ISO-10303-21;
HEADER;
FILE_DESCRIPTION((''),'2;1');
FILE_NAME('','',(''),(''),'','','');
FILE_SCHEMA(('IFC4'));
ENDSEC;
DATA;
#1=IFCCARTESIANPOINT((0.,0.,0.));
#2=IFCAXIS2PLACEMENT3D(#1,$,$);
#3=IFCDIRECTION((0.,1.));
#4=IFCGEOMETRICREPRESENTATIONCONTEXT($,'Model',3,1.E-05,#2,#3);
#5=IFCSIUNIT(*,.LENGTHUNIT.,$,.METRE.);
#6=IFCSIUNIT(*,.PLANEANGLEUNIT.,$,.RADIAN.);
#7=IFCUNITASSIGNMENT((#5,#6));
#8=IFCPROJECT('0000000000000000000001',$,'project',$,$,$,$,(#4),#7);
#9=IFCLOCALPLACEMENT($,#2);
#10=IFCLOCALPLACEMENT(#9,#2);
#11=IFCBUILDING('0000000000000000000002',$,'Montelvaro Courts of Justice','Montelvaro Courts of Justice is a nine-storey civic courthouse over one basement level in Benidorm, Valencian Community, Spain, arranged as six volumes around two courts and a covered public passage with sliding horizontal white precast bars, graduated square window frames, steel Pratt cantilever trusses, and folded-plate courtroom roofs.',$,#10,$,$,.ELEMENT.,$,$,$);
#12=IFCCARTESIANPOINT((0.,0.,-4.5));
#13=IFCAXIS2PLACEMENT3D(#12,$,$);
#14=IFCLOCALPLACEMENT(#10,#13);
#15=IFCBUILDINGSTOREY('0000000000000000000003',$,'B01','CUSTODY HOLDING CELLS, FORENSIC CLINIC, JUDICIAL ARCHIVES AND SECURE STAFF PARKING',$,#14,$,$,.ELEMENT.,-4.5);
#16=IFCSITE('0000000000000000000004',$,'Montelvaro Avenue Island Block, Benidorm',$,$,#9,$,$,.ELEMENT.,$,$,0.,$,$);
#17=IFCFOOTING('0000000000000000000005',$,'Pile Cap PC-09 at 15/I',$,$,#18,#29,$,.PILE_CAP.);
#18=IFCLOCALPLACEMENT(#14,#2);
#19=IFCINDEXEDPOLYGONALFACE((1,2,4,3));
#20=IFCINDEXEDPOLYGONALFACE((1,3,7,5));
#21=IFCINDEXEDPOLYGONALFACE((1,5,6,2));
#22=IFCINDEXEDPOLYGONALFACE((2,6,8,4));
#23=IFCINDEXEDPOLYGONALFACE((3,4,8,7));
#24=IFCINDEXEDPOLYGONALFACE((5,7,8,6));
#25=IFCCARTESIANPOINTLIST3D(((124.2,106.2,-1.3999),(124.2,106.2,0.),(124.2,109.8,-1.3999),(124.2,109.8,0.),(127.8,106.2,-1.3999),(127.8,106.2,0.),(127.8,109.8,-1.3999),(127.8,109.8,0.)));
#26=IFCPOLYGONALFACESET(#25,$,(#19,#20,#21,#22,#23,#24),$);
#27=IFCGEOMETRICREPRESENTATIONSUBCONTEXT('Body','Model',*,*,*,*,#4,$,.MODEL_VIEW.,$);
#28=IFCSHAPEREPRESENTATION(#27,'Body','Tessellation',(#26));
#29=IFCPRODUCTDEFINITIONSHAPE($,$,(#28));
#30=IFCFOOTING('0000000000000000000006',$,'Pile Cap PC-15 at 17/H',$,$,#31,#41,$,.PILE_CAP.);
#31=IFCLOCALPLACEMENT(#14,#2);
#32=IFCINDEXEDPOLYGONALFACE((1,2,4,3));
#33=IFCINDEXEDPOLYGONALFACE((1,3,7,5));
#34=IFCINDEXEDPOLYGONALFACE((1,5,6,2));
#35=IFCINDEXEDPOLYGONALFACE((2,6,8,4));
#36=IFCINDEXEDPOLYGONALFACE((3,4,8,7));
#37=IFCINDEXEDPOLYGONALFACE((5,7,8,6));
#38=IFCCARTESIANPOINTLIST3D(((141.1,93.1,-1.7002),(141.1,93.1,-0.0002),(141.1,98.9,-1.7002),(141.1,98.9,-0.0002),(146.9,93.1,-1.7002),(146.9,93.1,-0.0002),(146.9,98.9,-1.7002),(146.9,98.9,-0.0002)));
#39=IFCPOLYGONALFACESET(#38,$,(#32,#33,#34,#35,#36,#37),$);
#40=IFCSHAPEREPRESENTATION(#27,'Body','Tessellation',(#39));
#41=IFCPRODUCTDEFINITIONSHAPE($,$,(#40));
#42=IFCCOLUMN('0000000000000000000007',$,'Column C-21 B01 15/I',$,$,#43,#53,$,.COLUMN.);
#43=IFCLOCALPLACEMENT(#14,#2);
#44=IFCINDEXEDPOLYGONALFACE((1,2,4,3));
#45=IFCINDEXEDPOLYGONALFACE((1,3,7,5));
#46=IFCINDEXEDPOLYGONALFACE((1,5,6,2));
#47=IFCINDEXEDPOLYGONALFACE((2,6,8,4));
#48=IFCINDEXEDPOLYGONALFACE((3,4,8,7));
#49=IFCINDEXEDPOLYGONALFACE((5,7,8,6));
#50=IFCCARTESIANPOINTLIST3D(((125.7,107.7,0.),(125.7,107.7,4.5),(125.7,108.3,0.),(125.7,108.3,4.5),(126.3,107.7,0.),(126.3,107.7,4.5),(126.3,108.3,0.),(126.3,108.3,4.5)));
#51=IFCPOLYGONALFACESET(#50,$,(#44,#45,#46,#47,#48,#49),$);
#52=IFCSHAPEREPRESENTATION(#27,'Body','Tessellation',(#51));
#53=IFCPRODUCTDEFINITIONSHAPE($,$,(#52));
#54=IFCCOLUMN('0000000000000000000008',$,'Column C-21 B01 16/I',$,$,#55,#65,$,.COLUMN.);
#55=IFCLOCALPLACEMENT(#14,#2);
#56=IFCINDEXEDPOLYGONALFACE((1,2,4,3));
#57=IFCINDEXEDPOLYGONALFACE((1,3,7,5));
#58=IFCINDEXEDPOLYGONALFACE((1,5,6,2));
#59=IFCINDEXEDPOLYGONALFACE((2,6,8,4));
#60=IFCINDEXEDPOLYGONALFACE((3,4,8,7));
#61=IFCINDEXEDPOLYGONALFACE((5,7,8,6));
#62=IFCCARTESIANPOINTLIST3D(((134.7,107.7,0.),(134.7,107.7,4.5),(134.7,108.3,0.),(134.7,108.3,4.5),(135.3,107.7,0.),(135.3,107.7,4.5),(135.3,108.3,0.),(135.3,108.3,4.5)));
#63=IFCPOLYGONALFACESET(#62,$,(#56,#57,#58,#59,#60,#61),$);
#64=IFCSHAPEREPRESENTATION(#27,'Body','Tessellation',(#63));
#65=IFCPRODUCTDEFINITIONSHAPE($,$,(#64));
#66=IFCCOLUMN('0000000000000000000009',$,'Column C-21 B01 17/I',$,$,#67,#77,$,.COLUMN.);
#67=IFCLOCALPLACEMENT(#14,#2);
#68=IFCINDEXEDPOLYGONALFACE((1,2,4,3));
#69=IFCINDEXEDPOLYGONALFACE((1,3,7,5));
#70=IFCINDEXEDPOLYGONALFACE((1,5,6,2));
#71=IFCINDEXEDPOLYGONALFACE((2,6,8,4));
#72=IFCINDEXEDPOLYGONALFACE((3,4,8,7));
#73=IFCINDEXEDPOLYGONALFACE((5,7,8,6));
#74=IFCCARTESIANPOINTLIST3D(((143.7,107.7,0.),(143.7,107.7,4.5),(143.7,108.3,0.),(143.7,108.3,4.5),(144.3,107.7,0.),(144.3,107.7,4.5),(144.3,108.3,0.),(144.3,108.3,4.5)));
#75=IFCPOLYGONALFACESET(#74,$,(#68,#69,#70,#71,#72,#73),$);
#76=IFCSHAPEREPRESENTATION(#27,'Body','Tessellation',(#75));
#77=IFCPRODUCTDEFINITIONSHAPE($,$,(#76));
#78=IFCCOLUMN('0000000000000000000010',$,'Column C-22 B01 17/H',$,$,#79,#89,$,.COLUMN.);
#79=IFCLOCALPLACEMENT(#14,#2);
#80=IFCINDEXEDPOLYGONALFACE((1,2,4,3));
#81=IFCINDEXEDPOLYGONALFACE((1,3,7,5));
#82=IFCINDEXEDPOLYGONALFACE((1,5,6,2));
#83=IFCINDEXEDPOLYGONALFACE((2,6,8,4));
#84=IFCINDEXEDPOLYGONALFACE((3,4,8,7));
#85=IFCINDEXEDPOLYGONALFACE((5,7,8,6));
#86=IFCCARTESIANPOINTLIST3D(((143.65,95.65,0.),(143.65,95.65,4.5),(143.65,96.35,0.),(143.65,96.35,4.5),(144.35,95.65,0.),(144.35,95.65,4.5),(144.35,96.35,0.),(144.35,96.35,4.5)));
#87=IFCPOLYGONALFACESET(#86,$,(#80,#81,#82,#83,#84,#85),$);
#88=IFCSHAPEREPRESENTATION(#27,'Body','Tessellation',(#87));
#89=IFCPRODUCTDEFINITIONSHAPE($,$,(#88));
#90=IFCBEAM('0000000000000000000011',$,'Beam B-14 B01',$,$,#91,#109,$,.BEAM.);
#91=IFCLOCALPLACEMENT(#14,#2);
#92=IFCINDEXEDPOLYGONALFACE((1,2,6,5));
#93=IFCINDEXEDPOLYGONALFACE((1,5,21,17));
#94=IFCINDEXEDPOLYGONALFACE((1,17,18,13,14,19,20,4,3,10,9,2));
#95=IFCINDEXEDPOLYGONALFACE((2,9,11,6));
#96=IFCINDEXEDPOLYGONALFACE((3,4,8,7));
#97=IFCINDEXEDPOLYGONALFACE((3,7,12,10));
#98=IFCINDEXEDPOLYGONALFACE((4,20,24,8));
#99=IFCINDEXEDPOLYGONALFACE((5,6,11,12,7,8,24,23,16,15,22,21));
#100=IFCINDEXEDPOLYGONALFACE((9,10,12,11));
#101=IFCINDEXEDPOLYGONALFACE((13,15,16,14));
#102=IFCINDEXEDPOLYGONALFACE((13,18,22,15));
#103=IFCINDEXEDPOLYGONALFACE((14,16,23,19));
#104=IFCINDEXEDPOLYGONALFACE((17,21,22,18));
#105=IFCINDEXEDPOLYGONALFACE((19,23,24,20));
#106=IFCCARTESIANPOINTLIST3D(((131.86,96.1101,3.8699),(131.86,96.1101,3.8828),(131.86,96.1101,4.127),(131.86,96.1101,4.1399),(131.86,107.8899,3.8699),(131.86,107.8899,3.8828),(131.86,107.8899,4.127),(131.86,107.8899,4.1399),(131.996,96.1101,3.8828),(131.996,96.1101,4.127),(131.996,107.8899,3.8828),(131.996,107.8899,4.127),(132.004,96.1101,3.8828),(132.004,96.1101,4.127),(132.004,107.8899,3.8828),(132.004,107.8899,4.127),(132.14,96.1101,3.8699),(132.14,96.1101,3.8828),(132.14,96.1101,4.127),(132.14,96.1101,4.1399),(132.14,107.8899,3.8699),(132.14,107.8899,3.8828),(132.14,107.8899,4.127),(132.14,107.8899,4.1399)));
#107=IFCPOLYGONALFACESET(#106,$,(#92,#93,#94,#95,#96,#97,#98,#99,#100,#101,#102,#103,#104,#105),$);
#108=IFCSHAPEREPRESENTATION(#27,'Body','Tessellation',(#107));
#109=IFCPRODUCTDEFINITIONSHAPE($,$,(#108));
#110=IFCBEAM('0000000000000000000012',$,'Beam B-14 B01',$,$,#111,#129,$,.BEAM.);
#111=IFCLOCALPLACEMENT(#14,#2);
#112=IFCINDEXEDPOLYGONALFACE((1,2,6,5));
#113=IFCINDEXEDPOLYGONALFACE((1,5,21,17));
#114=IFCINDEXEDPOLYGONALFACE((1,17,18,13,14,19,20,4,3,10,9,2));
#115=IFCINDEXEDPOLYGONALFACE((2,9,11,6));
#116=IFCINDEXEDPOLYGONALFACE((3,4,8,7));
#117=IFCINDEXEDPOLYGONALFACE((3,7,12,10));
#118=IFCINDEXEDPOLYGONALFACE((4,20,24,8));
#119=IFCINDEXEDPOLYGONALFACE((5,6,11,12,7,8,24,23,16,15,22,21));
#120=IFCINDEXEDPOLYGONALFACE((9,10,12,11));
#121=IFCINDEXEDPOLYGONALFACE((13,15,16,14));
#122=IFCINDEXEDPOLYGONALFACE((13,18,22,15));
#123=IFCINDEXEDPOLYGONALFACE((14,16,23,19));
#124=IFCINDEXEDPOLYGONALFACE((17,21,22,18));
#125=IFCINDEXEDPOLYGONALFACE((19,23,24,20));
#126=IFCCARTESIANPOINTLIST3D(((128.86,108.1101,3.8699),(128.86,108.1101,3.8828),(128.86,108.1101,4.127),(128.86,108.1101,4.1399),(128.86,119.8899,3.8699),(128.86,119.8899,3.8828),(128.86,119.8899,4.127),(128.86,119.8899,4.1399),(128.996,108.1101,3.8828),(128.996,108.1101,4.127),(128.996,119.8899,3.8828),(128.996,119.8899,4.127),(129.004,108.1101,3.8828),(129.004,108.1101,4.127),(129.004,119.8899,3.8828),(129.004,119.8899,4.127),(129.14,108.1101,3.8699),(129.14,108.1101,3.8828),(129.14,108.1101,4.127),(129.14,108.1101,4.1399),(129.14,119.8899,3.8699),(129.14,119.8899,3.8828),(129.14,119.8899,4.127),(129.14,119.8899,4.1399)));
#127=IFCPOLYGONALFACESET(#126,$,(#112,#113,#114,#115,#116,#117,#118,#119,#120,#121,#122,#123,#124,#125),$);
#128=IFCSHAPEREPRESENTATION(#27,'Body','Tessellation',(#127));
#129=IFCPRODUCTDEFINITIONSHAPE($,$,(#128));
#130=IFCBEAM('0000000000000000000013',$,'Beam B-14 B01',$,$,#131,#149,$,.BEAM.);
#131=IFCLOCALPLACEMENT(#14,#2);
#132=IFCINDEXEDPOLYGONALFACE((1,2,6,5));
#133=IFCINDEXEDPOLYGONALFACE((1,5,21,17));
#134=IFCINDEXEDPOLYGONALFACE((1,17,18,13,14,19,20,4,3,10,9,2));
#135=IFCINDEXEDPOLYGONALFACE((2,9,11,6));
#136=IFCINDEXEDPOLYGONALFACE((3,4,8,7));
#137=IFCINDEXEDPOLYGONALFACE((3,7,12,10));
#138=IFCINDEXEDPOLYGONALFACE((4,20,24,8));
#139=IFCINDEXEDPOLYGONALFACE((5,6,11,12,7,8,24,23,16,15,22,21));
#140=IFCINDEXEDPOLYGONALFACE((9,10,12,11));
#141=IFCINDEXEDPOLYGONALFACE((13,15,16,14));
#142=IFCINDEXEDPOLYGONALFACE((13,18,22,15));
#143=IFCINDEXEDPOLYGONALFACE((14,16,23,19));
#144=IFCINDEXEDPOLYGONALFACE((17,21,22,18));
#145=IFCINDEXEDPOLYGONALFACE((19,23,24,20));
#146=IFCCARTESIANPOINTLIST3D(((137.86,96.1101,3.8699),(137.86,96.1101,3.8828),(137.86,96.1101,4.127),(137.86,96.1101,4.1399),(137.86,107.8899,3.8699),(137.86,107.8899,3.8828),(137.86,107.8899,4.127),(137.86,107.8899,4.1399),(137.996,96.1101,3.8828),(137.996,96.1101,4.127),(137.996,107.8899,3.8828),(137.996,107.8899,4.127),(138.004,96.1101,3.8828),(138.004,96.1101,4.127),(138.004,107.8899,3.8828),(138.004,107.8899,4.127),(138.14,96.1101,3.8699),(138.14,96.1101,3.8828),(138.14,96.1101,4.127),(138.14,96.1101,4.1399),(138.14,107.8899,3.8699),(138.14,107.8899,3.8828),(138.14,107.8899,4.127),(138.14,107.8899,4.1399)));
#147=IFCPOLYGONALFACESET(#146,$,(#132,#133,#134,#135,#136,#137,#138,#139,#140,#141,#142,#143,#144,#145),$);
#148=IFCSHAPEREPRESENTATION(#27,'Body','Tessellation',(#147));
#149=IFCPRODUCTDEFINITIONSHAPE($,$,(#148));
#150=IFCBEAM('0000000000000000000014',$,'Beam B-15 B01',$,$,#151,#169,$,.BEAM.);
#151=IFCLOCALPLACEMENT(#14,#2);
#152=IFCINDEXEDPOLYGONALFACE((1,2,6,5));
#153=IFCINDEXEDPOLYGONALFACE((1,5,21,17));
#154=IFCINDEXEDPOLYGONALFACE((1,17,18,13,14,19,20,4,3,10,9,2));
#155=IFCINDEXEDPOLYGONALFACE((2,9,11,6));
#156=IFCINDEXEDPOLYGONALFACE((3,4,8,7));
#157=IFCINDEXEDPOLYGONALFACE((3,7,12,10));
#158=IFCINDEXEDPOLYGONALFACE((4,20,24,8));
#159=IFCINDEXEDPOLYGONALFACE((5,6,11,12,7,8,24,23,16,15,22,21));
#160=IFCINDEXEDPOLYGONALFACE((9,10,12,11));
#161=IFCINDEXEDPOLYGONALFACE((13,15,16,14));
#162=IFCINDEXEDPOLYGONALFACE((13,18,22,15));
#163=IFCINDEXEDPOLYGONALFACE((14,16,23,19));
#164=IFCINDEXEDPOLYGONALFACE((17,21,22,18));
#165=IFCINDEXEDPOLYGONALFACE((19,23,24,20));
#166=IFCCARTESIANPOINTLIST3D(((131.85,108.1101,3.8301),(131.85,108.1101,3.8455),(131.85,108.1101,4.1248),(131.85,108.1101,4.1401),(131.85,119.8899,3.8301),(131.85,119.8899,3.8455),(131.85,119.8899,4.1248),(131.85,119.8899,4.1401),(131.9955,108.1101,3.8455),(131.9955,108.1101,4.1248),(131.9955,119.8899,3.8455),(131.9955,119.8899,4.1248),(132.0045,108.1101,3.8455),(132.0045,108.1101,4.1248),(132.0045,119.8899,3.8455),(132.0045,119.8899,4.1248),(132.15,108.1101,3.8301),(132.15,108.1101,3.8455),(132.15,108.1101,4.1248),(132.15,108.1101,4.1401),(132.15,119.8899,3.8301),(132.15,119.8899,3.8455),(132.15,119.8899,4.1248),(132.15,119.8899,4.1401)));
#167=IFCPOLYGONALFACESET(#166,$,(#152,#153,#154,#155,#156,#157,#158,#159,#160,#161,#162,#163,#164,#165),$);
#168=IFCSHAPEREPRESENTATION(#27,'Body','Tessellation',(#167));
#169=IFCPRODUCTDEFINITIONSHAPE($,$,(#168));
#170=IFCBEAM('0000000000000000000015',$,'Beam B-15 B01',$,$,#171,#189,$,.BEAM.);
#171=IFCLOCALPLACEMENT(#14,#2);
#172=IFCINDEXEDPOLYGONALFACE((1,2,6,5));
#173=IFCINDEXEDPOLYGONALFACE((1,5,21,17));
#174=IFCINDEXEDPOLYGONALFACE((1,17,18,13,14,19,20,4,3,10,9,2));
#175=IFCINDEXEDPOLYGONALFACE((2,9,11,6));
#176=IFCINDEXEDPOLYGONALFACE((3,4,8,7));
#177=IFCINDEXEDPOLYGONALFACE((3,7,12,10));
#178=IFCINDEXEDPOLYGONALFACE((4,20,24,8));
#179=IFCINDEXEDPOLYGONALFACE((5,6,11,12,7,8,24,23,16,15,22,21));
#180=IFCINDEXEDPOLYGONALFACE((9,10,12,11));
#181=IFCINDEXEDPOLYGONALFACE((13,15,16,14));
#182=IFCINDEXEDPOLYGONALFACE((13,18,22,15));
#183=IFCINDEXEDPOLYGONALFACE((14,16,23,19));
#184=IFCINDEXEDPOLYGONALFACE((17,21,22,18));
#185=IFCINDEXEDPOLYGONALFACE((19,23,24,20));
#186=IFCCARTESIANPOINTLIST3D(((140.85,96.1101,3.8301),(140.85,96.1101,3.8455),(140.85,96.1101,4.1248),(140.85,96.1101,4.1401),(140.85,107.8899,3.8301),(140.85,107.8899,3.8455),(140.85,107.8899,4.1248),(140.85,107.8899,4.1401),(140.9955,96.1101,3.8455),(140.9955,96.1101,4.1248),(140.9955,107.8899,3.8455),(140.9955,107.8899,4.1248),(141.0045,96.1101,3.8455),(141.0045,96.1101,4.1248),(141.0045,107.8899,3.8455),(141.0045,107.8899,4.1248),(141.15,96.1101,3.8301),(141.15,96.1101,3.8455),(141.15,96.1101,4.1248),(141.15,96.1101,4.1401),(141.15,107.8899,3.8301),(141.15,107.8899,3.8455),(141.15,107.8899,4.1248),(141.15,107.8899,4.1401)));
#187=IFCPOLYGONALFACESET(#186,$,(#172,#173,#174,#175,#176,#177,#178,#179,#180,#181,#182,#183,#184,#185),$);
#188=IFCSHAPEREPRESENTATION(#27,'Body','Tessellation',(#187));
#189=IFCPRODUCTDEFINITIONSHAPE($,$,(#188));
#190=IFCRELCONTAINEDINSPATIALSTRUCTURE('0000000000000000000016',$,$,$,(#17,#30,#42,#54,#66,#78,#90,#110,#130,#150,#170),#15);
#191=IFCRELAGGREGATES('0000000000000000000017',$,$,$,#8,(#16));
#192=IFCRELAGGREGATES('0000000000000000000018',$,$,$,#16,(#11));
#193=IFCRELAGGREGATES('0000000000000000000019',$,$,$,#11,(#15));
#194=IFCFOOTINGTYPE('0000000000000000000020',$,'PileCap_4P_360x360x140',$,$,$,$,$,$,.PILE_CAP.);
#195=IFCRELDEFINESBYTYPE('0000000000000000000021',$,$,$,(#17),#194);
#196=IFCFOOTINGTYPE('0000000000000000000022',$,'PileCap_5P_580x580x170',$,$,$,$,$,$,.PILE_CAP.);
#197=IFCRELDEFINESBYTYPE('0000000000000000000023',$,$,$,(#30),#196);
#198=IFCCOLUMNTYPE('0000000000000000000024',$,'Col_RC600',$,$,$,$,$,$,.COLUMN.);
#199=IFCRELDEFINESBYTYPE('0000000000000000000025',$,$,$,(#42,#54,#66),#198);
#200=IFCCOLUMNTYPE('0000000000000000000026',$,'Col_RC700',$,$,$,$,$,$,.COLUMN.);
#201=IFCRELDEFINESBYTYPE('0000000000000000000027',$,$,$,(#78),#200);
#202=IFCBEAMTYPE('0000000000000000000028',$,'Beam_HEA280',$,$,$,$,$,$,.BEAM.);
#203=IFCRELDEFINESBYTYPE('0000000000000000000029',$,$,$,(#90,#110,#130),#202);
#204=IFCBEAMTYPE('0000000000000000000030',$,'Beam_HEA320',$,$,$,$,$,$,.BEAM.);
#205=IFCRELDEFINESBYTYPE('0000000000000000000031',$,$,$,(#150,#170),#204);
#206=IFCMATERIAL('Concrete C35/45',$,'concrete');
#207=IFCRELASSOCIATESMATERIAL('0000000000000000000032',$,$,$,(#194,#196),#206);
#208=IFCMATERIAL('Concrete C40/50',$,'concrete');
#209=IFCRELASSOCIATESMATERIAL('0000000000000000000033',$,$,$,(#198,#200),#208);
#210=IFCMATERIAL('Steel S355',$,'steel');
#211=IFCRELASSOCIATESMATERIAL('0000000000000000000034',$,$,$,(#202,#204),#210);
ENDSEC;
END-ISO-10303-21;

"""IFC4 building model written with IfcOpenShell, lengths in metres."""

from ifc_helpers import new_model, si_unit, direction, frame, origin, origin_2d, place, context, subcontext, project, spatial, rectangle, i_section, extrude, material, material_profile, profile_set, type_object, element, save


model = new_model("IFC4")

# Units and contexts
model_context = context("Model", 3, precision=1e-05, world=origin(), true_north=direction((0.0, 1.0)))
body_context = subcontext(model_context, "Body", "Model", "MODEL_VIEW")
ifc_project = project(units=[si_unit("LENGTHUNIT", "METRE"), si_unit("PLANEANGLEUNIT", "RADIAN")], contexts=[model_context])

# Site, building, storey
site_placement = place(None, origin())
site = spatial("IfcSite", under=ifc_project, at=site_placement, Name="Montelvaro Avenue Island Block, Benidorm", CompositionType="ELEMENT", RefElevation=0.0)
building_placement = place(site_placement, origin())
building = spatial("IfcBuilding", under=site, at=building_placement, Name="Montelvaro Courts of Justice", Description="Montelvaro Courts of Justice is a nine-storey civic courthouse over one basement level in Benidorm, Valencian Community, Spain, arranged as six volumes around two courts and a covered public passage with sliding horizontal white precast bars, graduated square window frames, steel Pratt cantilever trusses, and folded-plate courtroom roofs.", CompositionType="ELEMENT")
storey_placement = place(building_placement, frame((0.0, 0.0, -4.5)))
storey = spatial("IfcBuildingStorey", under=building, at=storey_placement, Name="B01", Description="CUSTODY HOLDING CELLS, FORENSIC CLINIC, JUDICIAL ARCHIVES AND SECURE STAFF PARKING", CompositionType="ELEMENT", Elevation=-4.5)

# Shared definitions
ifc_material_1 = material(Name="Concrete C35/45", Category="concrete")

# Footings
footing_type_1 = type_object("IfcFootingType", Name="PileCap_4P_360x360x140", PredefinedType="PILE_CAP", material=ifc_material_1)
footing_1_placement = place(storey_placement, frame((126.0, 108.0, -1.3999), z_axis=(0.0, 0.0, 1.0), x_axis=(1.0, 0.0, 0.0)))
element("IfcFooting", 1, at=footing_1_placement, inside=storey, type_object=footing_type_1, Name="Pile Cap PC-09 at 15/I", PredefinedType="PILE_CAP", context=body_context, shape_type="SweptSolid", body=[
    extrude(rectangle(XDim=3.6001, YDim=3.6001, at=origin_2d()), origin(), (0.0, 0.0, 1.0), 1.3999),
])
footing_type_2 = type_object("IfcFootingType", Name="PileCap_5P_580x580x170", PredefinedType="PILE_CAP", material=ifc_material_1)
footing_2_placement = place(storey_placement, frame((144.0, 96.0, -1.7002), z_axis=(0.0, 0.0, 1.0), x_axis=(1.0, 0.0, 0.0)))
element("IfcFooting", 2, at=footing_2_placement, inside=storey, type_object=footing_type_2, Name="Pile Cap PC-15 at 17/H", PredefinedType="PILE_CAP", context=body_context, shape_type="SweptSolid", body=[
    extrude(rectangle(XDim=5.8, YDim=5.8, at=origin_2d()), origin(), (0.0, 0.0, 1.0), 1.7),
])

# Columns
ifc_material_2 = material(Name="Concrete C40/50", Category="concrete")
ifc_material_profile_1 = material_profile(ifc_material_2, rectangle(XDim=0.6001, YDim=0.6001, at=origin_2d()), Name="RC 600x600")
ifc_profile_set_1 = profile_set([ifc_material_profile_1], Name="Concrete C40/50")
column_type_1 = type_object("IfcColumnType", Name="Col_RC600", PredefinedType="COLUMN", material=ifc_profile_set_1)
for number, where, z_axis, x_axis, name in (
    (3, (126.0, 108.0, 0.0), (0.0, 0.0, 1.0), (1.0, 0.0, 0.0), "Column C-21 B01 15/I"),
    (4, (135.0, 108.0, 0.0), (0.0, 0.0, 1.0), (1.0, 0.0, 0.0), "Column C-21 B01 16/I"),
    (5, (144.0, 108.0, 0.0), (0.0, 0.0, 1.0), (1.0, 0.0, 0.0), "Column C-21 B01 17/I"),
):
    element("IfcColumn", number, at=place(storey_placement, frame(where, z_axis=z_axis, x_axis=x_axis)), inside=storey, type_object=column_type_1, Name=name, PredefinedType="COLUMN", context=body_context, shape_type="SweptSolid", body=[
        extrude(rectangle(XDim=0.6001, YDim=0.6001, at=origin_2d()), origin(), (0.0, 0.0, 1.0), 4.5),
    ])
ifc_material_profile_2 = material_profile(ifc_material_2, rectangle(XDim=0.7, YDim=0.7, at=origin_2d()), Name="RC 700x700")
ifc_profile_set_2 = profile_set([ifc_material_profile_2], Name="Concrete C40/50")
column_type_2 = type_object("IfcColumnType", Name="Col_RC700", PredefinedType="COLUMN", material=ifc_profile_set_2)
column_placement = place(storey_placement, frame((144.0, 96.0, 0.0), z_axis=(0.0, 0.0, 1.0), x_axis=(1.0, 0.0, 0.0)))
element("IfcColumn", 6, at=column_placement, inside=storey, type_object=column_type_2, Name="Column C-22 B01 17/H", PredefinedType="COLUMN", context=body_context, shape_type="SweptSolid", body=[
    extrude(rectangle(XDim=0.7, YDim=0.7, at=origin_2d()), origin(), (0.0, 0.0, 1.0), 4.5),
])

# Beams
ifc_material_3 = material(Name="Steel S355", Category="steel")
ifc_material_profile_3 = material_profile(ifc_material_3, i_section(OverallWidth=0.28, OverallDepth=0.27, WebThickness=0.0081, FlangeThickness=0.0129, at=origin_2d()), Name="HEA 280")
ifc_profile_set_3 = profile_set([ifc_material_profile_3], Name="Steel S355")
beam_type_1 = type_object("IfcBeamType", Name="Beam_HEA280", PredefinedType="BEAM", material=ifc_profile_set_3)
for number, where, z_axis, x_axis, name in (
    (7, (132.0, 96.1101, 4.0049), (0.0, 1.0, 0.0), (-1.0, 0.0, 0.0), "Beam B-14 B01"),
    (8, (129.0, 108.1101, 4.0049), (0.0, 1.0, 0.0), (-1.0, 0.0, 0.0), "Beam B-14 B01"),
    (9, (138.0, 96.1101, 4.0049), (0.0, 1.0, 0.0), (-1.0, 0.0, 0.0), "Beam B-14 B01"),
):
    element("IfcBeam", number, at=place(storey_placement, frame(where, z_axis=z_axis, x_axis=x_axis)), inside=storey, type_object=beam_type_1, Name=name, PredefinedType="BEAM", context=body_context, shape_type="SweptSolid", body=[
        extrude(i_section(OverallWidth=0.28, OverallDepth=0.27, WebThickness=0.0081, FlangeThickness=0.0129, at=origin_2d()), origin(), (0.0, 0.0, 1.0), 11.7798),
    ])
ifc_material_profile_4 = material_profile(ifc_material_3, i_section(OverallWidth=0.3, OverallDepth=0.3101, WebThickness=0.009, FlangeThickness=0.0154, at=origin_2d()), Name="HEA 320")
ifc_profile_set_4 = profile_set([ifc_material_profile_4], Name="Steel S355")
beam_type_2 = type_object("IfcBeamType", Name="Beam_HEA320", PredefinedType="BEAM", material=ifc_profile_set_4)
for number, where, z_axis, x_axis, name in (
    (10, (132.0, 108.1101, 3.9851), (0.0, 1.0, 0.0), (-1.0, 0.0, 0.0), "Beam B-15 B01"),
    (11, (141.0, 96.1101, 3.9851), (0.0, 1.0, 0.0), (-1.0, 0.0, 0.0), "Beam B-15 B01"),
):
    element("IfcBeam", number, at=place(storey_placement, frame(where, z_axis=z_axis, x_axis=x_axis)), inside=storey, type_object=beam_type_2, Name=name, PredefinedType="BEAM", context=body_context, shape_type="SweptSolid", body=[
        extrude(i_section(OverallWidth=0.3, OverallDepth=0.3101, WebThickness=0.009, FlangeThickness=0.0154, at=origin_2d()), origin(), (0.0, 0.0, 1.0), 11.7798),
    ])

save(model, "model.ifc")
